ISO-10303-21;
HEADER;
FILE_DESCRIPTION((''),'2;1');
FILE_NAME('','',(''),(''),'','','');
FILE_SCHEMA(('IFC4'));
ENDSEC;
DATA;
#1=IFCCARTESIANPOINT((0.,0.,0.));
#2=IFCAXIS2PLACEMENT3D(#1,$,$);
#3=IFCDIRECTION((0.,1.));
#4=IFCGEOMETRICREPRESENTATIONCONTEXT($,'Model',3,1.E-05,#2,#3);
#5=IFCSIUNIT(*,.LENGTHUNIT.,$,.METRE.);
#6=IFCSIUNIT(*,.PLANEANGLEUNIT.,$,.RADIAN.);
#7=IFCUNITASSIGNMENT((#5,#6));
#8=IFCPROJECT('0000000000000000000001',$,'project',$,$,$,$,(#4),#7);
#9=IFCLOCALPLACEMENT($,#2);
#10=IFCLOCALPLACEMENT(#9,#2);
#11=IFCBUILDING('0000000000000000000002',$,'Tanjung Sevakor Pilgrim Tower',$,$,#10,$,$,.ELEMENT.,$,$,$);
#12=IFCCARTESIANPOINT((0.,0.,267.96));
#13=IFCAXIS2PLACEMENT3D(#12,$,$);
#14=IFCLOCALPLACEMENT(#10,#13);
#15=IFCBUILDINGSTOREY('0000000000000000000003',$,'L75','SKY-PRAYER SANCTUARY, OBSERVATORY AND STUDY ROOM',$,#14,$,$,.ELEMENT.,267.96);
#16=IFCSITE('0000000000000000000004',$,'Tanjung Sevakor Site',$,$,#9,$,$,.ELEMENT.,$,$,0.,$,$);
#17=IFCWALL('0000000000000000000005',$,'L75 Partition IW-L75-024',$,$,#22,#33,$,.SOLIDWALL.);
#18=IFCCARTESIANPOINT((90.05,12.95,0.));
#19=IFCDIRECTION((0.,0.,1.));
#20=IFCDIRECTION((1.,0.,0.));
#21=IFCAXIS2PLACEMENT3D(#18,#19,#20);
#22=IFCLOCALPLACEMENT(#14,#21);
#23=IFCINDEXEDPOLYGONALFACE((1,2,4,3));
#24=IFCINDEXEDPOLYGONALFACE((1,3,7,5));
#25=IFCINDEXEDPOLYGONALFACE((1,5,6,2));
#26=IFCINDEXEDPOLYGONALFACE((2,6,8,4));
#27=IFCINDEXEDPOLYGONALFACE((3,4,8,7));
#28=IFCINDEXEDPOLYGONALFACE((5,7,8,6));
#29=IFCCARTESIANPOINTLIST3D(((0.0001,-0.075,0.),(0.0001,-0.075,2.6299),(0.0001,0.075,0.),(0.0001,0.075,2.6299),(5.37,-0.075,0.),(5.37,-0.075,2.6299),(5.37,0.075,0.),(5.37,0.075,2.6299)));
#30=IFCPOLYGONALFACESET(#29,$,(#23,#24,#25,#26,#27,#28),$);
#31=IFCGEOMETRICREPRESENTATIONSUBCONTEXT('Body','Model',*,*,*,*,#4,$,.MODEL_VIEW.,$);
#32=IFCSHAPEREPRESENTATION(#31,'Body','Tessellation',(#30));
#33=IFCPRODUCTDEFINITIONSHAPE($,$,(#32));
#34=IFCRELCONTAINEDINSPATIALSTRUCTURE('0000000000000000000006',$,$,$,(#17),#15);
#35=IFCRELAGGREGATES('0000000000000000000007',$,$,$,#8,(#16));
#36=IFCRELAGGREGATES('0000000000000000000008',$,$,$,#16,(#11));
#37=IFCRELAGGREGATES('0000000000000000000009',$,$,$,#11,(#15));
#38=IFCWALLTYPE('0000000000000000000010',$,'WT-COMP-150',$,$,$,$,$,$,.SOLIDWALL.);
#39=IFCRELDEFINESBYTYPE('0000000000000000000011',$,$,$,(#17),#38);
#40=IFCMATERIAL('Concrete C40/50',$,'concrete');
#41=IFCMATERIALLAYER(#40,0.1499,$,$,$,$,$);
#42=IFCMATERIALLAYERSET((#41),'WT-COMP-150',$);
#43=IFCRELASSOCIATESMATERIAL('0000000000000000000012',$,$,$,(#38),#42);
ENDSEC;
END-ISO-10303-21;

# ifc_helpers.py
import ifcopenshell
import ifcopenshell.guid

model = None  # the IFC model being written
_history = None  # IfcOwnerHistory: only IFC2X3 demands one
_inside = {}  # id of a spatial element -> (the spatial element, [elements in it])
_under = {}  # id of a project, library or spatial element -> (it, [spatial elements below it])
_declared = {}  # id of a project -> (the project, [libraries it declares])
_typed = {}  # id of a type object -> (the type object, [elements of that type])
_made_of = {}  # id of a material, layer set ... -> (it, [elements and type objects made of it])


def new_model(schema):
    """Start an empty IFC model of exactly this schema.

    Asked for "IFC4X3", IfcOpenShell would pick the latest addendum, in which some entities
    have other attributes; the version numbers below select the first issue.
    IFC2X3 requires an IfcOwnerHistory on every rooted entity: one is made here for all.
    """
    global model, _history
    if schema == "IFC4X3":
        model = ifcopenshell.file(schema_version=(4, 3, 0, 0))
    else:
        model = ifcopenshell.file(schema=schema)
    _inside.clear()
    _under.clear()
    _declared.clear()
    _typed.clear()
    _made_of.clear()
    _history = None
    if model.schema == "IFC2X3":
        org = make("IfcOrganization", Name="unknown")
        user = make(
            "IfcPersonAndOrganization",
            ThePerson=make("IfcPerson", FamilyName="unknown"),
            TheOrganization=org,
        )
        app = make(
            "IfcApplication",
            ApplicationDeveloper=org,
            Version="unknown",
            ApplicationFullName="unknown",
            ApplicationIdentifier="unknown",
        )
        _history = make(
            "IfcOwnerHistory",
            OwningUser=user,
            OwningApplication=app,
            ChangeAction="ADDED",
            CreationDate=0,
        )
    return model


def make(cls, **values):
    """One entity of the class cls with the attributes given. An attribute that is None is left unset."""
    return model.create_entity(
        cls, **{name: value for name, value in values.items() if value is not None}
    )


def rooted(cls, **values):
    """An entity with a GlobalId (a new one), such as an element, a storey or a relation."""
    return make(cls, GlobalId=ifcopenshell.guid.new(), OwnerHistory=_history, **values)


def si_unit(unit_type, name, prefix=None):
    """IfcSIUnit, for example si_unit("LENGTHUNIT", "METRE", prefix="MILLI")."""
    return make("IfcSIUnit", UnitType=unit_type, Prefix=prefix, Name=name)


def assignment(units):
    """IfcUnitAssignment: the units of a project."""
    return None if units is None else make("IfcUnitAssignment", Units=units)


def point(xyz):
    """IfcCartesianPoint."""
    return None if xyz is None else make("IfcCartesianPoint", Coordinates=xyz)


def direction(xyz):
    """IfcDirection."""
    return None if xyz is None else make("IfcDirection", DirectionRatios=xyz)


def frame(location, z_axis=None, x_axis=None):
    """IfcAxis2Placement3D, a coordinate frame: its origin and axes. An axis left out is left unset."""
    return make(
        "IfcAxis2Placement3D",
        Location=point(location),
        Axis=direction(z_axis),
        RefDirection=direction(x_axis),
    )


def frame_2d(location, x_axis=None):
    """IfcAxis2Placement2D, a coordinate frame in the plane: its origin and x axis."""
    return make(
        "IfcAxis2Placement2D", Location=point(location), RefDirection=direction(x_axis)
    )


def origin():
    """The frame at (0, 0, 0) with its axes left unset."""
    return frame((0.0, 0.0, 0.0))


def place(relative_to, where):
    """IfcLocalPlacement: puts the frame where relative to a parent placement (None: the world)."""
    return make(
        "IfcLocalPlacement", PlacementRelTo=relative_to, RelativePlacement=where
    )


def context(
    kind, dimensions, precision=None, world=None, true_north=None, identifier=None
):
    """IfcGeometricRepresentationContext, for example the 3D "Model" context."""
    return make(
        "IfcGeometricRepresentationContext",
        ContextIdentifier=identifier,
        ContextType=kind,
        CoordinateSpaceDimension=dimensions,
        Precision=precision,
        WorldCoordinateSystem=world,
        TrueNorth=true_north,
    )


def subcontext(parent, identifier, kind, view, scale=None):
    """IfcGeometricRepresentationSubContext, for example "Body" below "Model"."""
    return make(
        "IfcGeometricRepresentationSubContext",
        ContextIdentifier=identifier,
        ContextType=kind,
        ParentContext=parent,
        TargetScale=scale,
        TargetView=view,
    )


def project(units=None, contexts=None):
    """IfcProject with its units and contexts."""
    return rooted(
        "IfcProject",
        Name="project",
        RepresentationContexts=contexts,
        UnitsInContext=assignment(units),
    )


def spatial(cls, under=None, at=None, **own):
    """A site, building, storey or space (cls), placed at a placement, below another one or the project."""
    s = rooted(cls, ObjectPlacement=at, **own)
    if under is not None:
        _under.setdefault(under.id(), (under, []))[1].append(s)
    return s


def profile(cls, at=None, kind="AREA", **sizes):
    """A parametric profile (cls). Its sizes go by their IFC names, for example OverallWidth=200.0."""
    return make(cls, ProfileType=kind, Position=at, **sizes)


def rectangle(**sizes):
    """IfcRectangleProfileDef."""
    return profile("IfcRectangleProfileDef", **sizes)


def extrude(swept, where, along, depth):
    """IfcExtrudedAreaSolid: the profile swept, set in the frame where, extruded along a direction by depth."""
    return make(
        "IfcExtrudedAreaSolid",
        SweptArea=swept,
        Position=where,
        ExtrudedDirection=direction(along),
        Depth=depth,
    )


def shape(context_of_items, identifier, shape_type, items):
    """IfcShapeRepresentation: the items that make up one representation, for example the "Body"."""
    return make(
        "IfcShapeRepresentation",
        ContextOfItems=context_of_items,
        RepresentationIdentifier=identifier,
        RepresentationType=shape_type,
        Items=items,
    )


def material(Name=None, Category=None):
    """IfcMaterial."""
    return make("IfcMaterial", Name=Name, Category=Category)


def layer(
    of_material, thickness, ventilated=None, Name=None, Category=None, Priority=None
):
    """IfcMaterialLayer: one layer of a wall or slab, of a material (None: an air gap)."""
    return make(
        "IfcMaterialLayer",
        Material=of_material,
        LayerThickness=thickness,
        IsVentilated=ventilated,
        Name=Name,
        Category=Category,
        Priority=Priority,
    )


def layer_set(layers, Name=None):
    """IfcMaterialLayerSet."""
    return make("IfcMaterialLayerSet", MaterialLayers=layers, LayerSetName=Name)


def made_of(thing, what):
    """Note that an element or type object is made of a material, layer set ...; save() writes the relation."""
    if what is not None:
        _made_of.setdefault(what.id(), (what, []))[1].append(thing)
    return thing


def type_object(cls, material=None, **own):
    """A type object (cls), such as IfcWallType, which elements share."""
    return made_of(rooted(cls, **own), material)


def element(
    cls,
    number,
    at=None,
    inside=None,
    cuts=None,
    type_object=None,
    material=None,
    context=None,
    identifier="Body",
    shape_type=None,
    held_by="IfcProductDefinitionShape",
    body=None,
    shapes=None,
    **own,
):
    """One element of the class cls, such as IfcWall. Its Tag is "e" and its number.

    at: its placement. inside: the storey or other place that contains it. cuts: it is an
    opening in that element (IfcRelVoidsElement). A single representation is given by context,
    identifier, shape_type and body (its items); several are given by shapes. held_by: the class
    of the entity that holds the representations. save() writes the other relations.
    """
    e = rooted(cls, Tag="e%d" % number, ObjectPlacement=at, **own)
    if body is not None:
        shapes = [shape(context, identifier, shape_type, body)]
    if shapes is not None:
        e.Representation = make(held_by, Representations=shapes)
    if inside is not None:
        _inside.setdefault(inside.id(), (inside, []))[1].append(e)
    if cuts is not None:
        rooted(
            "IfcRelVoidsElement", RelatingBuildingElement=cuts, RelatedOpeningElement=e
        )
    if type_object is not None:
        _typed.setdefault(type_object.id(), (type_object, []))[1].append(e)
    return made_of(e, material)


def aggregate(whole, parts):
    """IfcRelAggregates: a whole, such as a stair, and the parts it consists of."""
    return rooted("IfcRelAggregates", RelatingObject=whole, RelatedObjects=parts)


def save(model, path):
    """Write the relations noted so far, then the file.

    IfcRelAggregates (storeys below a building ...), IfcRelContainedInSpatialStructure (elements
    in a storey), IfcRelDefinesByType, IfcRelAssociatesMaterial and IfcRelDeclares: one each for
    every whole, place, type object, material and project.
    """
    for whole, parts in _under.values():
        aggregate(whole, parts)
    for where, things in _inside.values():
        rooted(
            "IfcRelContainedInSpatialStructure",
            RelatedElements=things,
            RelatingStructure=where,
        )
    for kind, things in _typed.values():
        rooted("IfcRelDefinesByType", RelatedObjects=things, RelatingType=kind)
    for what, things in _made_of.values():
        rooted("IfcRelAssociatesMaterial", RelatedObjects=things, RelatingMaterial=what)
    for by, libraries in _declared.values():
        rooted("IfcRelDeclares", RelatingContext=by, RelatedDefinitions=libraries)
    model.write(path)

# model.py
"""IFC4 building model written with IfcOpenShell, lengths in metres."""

from ifc_helpers import new_model, si_unit, direction, frame, frame_2d, origin, place, context, subcontext, project, spatial, rectangle, extrude, material, layer, layer_set, type_object, element, save


model = new_model("IFC4")

# Units and contexts
model_context = context("Model", 3, precision=1e-05, world=origin(), true_north=direction((0.0, 1.0)))
body_context = subcontext(model_context, "Body", "Model", "MODEL_VIEW")
ifc_project = project(units=[si_unit("LENGTHUNIT", "METRE"), si_unit("PLANEANGLEUNIT", "RADIAN")], contexts=[model_context])

# Site, building, storey
site_placement = place(None, origin())
site = spatial("IfcSite", under=ifc_project, at=site_placement, Name="Tanjung Sevakor Site", CompositionType="ELEMENT", RefElevation=0.0)
building_placement = place(site_placement, origin())
building = spatial("IfcBuilding", under=site, at=building_placement, Name="Tanjung Sevakor Pilgrim Tower", CompositionType="ELEMENT")
storey_placement = place(building_placement, frame((0.0, 0.0, 267.96)))
storey = spatial("IfcBuildingStorey", under=building, at=storey_placement, Name="L75", Description="SKY-PRAYER SANCTUARY, OBSERVATORY AND STUDY ROOM", CompositionType="ELEMENT", Elevation=267.96)

# Wall
ifc_material_1 = material(Name="Concrete C40/50", Category="concrete")
ifc_layer_1 = layer(ifc_material_1, 0.1499)
ifc_layer_set_1 = layer_set([ifc_layer_1], Name="WT-COMP-150")
wall_type_1 = type_object("IfcWallType", Name="WT-COMP-150", PredefinedType="SOLIDWALL", material=ifc_layer_set_1)
wall_1_placement = place(storey_placement, frame((90.05, 12.95, 0.0), z_axis=(0.0, 0.0, 1.0), x_axis=(1.0, 0.0, 0.0)))
element("IfcWall", 1, at=wall_1_placement, inside=storey, type_object=wall_type_1, Name="L75 Partition IW-L75-024", PredefinedType="SOLIDWALL", context=body_context, shape_type="SweptSolid", body=[
    extrude(rectangle(XDim=5.3699, YDim=0.1499, at=frame_2d((2.6851, 0.0))), origin(), (0.0, 0.0, 1.0), 2.6299),
])

save(model, "model.ifc")
